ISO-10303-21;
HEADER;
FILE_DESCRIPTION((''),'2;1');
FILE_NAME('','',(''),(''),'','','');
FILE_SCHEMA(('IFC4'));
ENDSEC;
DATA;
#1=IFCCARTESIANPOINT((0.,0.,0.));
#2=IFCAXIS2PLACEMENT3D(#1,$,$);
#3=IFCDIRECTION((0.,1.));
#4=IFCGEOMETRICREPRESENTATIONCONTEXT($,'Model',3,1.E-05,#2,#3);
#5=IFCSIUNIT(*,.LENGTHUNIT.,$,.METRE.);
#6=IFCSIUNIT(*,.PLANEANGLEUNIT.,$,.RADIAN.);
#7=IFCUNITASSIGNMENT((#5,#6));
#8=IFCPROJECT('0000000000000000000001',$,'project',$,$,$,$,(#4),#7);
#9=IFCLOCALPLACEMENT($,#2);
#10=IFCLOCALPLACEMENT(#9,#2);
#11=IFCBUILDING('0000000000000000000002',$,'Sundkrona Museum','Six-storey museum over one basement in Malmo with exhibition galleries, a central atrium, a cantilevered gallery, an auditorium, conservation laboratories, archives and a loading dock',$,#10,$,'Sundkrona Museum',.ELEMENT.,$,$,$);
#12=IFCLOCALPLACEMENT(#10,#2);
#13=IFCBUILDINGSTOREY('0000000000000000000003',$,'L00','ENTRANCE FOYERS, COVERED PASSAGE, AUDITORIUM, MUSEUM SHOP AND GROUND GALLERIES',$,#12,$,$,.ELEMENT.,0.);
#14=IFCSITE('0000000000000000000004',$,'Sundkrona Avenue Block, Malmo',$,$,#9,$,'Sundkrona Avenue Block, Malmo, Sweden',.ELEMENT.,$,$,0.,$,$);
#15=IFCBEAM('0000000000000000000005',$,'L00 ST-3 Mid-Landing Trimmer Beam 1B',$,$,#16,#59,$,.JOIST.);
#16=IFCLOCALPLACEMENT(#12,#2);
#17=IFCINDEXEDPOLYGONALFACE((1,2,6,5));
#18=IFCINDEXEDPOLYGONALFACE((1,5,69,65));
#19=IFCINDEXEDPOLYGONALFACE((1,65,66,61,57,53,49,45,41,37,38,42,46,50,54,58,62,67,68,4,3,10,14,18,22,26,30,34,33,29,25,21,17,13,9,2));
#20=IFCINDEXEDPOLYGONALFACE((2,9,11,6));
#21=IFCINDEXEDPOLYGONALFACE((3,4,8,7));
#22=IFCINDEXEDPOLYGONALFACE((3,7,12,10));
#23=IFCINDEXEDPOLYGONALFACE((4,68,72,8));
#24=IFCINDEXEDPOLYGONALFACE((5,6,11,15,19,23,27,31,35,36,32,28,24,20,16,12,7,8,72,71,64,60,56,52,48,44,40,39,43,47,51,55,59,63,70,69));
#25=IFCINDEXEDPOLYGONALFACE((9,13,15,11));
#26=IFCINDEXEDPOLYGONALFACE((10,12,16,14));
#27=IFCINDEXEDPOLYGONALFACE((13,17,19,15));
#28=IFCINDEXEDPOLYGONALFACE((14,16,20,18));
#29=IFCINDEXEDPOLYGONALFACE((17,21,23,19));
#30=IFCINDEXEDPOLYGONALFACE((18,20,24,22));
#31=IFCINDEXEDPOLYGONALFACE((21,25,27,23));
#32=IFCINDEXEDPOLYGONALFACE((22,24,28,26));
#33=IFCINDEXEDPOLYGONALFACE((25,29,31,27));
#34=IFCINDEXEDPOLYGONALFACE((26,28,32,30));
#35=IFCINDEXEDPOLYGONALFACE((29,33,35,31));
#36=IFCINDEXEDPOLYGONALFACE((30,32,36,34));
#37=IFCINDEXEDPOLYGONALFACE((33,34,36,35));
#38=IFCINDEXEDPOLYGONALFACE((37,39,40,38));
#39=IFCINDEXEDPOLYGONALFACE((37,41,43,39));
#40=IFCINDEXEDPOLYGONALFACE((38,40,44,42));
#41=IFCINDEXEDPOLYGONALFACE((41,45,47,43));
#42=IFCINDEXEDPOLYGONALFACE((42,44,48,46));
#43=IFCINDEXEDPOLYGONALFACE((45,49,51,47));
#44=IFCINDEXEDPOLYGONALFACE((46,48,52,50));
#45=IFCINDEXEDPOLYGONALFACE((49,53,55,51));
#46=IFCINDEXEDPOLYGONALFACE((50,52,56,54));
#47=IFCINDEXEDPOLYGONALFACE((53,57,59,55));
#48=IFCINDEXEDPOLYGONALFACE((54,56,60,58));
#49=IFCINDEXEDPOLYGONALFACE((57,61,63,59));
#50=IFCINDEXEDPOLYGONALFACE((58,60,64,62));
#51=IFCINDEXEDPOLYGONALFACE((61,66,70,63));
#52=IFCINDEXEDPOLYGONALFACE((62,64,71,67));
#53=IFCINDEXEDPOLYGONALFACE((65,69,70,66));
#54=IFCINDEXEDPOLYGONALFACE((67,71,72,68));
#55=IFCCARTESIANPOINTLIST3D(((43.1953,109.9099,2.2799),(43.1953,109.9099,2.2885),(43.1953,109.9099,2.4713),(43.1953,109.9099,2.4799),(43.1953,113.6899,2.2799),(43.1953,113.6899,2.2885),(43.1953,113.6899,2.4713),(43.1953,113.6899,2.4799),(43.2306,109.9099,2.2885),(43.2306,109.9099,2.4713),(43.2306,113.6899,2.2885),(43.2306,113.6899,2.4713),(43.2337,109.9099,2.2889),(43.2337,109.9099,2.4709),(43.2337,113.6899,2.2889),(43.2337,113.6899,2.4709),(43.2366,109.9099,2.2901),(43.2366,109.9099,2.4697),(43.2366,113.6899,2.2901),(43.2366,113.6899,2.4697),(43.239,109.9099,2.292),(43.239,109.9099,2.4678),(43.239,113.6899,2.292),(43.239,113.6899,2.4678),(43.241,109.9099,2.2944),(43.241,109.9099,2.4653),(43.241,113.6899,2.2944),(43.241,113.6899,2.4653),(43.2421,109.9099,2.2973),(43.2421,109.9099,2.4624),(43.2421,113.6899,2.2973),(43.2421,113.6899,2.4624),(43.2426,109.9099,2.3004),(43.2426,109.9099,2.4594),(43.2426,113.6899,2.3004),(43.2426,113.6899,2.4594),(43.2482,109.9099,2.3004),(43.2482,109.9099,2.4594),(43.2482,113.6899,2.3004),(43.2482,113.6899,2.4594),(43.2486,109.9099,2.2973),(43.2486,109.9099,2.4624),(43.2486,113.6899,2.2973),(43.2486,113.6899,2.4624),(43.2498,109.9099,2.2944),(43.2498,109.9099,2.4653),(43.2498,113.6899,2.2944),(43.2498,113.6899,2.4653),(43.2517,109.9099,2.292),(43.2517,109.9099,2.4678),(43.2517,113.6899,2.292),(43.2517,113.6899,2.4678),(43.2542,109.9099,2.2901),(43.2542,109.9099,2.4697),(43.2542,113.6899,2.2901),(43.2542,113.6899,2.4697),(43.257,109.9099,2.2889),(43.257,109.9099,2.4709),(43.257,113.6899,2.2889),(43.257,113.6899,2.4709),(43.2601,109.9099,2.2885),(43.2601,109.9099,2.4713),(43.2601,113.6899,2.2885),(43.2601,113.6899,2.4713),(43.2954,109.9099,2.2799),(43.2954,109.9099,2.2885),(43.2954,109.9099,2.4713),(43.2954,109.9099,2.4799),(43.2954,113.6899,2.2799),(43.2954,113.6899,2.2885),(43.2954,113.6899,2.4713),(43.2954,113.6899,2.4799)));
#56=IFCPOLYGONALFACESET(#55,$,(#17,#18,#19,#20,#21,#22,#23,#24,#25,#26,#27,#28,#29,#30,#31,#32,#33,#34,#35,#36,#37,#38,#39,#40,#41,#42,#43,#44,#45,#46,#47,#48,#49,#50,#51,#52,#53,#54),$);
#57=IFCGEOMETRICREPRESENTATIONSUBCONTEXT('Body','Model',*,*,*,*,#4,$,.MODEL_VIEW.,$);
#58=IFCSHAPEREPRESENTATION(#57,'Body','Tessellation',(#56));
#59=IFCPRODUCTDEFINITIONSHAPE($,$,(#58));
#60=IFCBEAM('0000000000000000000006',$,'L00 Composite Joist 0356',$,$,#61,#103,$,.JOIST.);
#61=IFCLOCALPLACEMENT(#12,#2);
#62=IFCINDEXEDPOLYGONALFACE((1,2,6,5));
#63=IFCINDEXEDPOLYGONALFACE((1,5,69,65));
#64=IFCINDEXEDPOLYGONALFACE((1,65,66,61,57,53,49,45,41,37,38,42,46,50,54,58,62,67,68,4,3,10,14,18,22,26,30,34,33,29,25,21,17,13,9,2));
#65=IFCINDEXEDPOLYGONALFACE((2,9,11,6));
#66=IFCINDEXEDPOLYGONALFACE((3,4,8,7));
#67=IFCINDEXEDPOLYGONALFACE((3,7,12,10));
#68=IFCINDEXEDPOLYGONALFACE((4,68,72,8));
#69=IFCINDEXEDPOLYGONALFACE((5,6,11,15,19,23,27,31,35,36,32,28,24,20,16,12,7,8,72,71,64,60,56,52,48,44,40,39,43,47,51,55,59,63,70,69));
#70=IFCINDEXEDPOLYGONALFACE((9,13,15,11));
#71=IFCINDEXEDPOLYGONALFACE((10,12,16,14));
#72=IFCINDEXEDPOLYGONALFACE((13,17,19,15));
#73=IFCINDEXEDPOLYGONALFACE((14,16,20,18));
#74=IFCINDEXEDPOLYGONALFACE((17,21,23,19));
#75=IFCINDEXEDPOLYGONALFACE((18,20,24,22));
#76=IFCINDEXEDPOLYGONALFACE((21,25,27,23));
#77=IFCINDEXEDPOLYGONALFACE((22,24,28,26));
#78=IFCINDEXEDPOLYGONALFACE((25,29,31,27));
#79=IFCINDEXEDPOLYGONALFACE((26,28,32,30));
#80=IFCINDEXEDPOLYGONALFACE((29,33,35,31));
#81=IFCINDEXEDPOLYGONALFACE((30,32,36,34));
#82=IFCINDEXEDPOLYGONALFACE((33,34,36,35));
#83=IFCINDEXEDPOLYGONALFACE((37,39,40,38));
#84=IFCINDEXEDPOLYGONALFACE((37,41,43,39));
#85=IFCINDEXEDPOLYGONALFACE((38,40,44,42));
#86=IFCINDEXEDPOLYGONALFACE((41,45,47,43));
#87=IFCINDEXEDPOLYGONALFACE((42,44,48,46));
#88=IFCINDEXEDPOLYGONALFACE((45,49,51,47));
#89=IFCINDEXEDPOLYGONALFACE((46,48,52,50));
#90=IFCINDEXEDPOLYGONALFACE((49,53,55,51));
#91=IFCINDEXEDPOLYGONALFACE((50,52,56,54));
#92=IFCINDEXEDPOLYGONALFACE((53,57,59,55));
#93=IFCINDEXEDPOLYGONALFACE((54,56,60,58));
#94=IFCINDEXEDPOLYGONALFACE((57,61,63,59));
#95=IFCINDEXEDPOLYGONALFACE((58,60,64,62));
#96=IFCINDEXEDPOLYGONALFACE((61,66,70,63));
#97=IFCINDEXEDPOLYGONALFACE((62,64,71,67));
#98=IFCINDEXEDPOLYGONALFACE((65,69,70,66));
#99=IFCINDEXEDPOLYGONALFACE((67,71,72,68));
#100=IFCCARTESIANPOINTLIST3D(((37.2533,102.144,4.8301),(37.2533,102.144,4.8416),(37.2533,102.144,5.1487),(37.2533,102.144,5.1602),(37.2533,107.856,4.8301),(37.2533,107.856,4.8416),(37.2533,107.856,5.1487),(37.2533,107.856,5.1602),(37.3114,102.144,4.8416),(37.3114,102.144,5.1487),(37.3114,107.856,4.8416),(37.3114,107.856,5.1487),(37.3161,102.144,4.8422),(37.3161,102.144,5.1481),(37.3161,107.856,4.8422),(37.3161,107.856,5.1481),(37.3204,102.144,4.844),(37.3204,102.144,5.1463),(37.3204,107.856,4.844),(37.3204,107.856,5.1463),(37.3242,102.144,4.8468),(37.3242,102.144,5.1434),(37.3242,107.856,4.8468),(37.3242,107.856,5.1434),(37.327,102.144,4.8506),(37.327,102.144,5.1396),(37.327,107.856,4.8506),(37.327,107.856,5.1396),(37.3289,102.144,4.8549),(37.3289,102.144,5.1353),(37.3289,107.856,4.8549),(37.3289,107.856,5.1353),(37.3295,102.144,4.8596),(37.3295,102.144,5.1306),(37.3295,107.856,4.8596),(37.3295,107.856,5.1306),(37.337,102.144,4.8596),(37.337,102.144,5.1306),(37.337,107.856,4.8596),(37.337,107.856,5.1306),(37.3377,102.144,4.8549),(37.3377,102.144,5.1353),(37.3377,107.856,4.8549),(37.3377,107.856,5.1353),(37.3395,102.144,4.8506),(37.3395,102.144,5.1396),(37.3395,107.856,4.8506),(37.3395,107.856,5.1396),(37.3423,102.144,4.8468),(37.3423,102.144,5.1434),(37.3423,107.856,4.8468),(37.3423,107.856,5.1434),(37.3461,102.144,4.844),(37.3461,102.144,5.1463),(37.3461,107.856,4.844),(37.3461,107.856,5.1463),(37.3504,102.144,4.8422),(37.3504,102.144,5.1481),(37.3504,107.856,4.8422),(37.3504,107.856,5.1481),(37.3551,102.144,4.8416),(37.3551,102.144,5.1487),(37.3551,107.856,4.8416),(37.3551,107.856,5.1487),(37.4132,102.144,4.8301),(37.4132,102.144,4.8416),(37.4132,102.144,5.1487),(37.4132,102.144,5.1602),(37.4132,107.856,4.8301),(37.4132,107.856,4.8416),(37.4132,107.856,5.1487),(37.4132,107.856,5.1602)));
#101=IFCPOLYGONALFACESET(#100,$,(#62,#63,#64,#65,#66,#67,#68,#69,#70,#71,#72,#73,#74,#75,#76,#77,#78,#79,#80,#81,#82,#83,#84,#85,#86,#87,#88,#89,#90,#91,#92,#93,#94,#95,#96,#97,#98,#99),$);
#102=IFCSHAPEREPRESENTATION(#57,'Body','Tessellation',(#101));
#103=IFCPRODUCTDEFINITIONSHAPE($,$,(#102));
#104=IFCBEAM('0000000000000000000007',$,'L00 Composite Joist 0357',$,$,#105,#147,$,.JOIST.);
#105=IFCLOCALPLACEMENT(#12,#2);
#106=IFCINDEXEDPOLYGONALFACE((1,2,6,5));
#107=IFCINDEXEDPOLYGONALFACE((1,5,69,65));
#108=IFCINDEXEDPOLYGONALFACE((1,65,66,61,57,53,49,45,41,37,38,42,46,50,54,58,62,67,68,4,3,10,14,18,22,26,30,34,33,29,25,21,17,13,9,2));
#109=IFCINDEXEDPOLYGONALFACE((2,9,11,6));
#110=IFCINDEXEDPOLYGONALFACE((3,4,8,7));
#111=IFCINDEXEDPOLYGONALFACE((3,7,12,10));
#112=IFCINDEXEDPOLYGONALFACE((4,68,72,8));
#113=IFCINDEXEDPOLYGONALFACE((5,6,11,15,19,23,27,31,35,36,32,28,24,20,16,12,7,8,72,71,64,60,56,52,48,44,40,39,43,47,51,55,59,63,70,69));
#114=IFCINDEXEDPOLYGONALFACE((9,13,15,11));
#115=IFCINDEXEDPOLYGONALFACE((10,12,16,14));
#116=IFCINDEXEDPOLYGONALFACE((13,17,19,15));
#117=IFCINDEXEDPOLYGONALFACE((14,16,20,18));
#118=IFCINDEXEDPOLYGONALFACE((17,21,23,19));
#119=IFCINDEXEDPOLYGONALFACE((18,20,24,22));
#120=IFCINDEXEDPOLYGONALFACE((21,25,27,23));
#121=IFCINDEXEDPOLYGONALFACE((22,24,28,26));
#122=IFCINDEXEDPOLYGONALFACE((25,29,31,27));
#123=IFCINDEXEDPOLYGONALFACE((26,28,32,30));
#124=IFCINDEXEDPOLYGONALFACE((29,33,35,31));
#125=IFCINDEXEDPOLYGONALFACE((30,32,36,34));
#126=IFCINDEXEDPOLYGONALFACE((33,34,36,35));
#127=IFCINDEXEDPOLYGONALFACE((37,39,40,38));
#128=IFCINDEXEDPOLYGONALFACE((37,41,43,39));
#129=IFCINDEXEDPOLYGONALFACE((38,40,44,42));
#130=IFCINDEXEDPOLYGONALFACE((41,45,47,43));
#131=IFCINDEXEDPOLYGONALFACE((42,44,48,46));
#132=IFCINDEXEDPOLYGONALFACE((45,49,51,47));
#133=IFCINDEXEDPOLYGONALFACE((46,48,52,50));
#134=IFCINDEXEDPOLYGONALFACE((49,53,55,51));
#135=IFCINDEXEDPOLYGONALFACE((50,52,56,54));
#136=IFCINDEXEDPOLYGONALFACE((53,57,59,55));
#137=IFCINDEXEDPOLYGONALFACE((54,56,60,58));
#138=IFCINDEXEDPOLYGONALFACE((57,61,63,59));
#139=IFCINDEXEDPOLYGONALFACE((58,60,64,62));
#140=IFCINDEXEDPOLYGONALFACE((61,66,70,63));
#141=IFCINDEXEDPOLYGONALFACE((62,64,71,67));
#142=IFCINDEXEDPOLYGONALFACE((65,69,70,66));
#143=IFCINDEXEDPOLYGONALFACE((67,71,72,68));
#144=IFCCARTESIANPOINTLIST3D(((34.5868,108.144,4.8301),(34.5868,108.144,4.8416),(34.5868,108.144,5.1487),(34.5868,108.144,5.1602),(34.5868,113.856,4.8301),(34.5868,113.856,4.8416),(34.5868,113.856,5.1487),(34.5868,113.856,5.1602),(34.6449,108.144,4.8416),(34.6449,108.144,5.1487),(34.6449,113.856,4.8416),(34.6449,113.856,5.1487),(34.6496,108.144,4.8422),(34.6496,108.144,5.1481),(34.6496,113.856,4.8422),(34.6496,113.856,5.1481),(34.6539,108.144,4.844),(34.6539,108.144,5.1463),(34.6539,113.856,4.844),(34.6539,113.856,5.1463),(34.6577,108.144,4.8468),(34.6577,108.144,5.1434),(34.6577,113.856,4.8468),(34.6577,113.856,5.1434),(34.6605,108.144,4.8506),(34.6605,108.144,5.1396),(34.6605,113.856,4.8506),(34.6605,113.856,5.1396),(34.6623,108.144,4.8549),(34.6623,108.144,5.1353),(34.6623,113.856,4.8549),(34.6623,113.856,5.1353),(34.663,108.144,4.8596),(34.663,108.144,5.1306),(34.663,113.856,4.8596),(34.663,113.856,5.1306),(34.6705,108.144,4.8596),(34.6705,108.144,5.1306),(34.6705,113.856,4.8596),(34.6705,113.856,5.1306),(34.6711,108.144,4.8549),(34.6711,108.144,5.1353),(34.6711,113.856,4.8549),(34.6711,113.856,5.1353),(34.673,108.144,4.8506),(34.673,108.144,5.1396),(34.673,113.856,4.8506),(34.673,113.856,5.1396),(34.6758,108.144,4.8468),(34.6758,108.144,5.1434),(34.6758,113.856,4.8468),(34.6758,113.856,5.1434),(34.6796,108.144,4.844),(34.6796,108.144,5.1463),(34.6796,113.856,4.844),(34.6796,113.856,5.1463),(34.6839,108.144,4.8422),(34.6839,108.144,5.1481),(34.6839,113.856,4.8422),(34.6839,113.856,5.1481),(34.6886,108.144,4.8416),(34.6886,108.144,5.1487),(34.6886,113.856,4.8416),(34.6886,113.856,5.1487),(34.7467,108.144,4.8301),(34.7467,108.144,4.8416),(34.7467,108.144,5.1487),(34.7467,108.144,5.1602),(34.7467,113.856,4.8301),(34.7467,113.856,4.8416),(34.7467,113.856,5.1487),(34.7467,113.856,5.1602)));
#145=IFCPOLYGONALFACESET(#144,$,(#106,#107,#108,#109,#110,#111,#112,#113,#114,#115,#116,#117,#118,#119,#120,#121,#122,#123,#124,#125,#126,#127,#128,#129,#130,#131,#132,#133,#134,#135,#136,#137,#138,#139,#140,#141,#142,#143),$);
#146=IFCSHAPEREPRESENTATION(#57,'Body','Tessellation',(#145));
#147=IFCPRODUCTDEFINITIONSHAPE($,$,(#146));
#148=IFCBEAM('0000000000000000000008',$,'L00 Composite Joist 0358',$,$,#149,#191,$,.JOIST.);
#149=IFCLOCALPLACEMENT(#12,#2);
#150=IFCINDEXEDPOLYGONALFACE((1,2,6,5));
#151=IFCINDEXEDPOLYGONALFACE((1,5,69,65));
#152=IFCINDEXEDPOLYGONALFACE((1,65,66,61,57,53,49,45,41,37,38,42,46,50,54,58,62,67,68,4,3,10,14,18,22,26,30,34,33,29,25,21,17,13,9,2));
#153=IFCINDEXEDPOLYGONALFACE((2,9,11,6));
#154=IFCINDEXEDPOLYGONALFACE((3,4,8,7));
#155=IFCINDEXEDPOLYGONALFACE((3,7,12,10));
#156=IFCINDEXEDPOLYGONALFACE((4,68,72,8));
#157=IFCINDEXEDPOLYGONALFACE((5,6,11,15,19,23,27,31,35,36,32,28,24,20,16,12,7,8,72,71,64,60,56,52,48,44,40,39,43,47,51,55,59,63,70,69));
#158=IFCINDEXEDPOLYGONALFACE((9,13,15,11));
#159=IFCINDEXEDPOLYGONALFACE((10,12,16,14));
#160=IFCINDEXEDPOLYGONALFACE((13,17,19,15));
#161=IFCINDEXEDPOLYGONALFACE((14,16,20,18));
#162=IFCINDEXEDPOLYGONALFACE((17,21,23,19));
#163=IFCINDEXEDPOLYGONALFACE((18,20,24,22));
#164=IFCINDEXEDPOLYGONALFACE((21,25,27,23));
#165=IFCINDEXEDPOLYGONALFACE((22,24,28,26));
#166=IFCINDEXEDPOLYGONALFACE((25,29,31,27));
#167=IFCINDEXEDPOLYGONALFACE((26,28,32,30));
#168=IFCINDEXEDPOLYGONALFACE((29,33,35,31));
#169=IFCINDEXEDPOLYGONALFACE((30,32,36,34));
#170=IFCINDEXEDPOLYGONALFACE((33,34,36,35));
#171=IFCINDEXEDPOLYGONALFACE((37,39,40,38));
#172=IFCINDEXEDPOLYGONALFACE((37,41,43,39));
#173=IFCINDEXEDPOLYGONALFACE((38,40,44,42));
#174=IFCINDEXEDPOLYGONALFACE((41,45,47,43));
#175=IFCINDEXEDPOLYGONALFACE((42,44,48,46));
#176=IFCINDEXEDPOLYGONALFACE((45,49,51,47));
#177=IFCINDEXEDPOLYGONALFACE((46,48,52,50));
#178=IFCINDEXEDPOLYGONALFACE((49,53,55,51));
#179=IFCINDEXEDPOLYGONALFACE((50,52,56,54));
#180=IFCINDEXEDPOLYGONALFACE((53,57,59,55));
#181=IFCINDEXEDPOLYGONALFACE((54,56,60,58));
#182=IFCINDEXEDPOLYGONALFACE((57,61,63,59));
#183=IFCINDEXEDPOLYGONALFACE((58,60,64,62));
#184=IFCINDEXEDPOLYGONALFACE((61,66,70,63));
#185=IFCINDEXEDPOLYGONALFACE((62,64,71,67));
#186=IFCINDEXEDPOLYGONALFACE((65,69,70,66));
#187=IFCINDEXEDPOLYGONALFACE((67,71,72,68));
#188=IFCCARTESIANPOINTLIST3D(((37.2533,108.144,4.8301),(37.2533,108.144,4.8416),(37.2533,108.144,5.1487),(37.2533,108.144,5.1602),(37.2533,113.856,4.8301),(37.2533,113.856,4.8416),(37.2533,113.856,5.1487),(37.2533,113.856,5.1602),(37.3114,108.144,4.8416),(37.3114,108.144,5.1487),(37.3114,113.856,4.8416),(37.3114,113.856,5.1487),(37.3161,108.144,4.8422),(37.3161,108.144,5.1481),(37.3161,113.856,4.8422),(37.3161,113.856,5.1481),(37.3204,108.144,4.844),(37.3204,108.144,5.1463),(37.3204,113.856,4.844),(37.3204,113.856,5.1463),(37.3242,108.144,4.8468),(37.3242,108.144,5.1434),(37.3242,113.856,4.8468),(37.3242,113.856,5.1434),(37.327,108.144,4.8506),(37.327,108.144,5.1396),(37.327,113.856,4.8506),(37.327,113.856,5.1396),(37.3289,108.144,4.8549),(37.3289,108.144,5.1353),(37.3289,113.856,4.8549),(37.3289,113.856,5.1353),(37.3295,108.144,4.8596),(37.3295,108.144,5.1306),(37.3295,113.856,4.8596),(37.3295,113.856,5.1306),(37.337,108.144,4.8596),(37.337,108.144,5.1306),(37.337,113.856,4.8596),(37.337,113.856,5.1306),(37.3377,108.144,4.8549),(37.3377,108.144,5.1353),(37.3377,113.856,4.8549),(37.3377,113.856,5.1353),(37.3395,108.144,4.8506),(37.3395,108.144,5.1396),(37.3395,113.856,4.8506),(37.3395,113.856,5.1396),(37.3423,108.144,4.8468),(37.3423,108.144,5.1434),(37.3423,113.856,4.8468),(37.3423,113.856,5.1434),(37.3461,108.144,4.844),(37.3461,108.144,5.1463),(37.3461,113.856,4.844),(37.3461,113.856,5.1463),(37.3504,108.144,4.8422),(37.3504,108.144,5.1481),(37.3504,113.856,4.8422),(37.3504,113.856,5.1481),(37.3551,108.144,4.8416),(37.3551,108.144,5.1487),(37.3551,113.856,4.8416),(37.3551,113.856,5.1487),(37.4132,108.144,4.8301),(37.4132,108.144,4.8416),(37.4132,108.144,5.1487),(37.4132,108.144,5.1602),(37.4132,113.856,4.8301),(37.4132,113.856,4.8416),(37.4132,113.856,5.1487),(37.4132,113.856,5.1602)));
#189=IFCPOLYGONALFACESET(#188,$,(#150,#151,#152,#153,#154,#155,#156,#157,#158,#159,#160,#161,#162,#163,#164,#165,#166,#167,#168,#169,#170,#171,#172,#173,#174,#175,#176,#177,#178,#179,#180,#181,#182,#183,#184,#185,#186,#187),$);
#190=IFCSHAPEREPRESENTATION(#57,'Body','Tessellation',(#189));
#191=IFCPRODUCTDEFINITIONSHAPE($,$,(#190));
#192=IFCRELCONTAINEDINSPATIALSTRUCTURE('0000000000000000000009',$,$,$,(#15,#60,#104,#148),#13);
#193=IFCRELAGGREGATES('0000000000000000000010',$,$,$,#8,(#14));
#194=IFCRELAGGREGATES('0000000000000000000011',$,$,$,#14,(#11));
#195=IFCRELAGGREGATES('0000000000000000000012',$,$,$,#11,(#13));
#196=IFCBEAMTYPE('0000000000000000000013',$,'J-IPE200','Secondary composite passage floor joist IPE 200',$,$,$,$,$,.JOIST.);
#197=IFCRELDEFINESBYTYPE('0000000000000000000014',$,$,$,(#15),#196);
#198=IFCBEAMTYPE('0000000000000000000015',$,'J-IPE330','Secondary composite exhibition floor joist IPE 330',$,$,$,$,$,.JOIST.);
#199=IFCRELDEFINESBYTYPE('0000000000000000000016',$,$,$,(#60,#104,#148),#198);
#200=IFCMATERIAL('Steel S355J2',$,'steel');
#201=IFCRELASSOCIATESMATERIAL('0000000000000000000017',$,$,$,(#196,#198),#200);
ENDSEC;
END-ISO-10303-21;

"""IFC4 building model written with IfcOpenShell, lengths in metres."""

from ifc_helpers import new_model, si_unit, direction, frame, origin, origin_2d, place, context, subcontext, project, spatial, i_section, extrude, material, material_profile, profile_set, type_object, element, save


model = new_model("IFC4")

# Units and contexts
model_context = context("Model", 3, precision=1e-05, world=origin(), true_north=direction((0.0, 1.0)))
body_context = subcontext(model_context, "Body", "Model", "MODEL_VIEW")
ifc_project = project(units=[si_unit("LENGTHUNIT", "METRE"), si_unit("PLANEANGLEUNIT", "RADIAN")], contexts=[model_context])

# Site, building, storey
site_placement = place(None, origin())
site = spatial("IfcSite", under=ifc_project, at=site_placement, Name="Sundkrona Avenue Block, Malmo", LongName="Sundkrona Avenue Block, Malmo, Sweden", CompositionType="ELEMENT", RefElevation=0.0)
building_placement = place(site_placement, origin())
building = spatial("IfcBuilding", under=site, at=building_placement, Name="Sundkrona Museum", Description="Six-storey museum over one basement in Malmo with exhibition galleries, a central atrium, a cantilevered gallery, an auditorium, conservation laboratories, archives and a loading dock", LongName="Sundkrona Museum", CompositionType="ELEMENT")
storey_placement = place(building_placement, origin())
storey = spatial("IfcBuildingStorey", under=building, at=storey_placement, Name="L00", Description="ENTRANCE FOYERS, COVERED PASSAGE, AUDITORIUM, MUSEUM SHOP AND GROUND GALLERIES", CompositionType="ELEMENT", Elevation=0.0)

# Shared definitions
ifc_material_1 = material(Name="Steel S355J2", Category="steel")

# Beams
ifc_material_profile_1 = material_profile(ifc_material_1, i_section(OverallWidth=0.1001, OverallDepth=0.2, WebThickness=0.0056, FlangeThickness=0.0085, FilletRadius=0.012, at=origin_2d()), Name="IPE 200")
ifc_profile_set_1 = profile_set([ifc_material_profile_1], Name="Steel S355J2")
beam_type_1 = type_object("IfcBeamType", Name="J-IPE200", Description="Secondary composite passage floor joist IPE 200", PredefinedType="JOIST", material=ifc_profile_set_1)
for number, where, z_axis, x_axis, name in (
    (1, (43.2454, 109.9099, 2.3799), (0.0, 1.0, 0.0), (-1.0, 0.0, 0.0), "L00 ST-3 Mid-Landing Trimmer Beam 1B"),
):
    element("IfcBeam", number, at=place(storey_placement, frame(where, z_axis=z_axis, x_axis=x_axis)), inside=storey, type_object=beam_type_1, Name=name, PredefinedType="JOIST", context=body_context, shape_type="SweptSolid", body=[
        extrude(i_section(OverallWidth=0.1001, OverallDepth=0.2, WebThickness=0.0056, FlangeThickness=0.0085, FilletRadius=0.012, at=origin_2d()), origin(), (0.0, 0.0, 1.0), 3.78),
    ])
ifc_material_profile_2 = material_profile(ifc_material_1, i_section(OverallWidth=0.1599, OverallDepth=0.3301, WebThickness=0.0076, FlangeThickness=0.0115, FilletRadius=0.0181, at=origin_2d()), Name="IPE 330")
ifc_profile_set_2 = profile_set([ifc_material_profile_2], Name="Steel S355J2")
beam_type_2 = type_object("IfcBeamType", Name="J-IPE330", Description="Secondary composite exhibition floor joist IPE 330", PredefinedType="JOIST", material=ifc_profile_set_2)
for number, where, z_axis, x_axis, name in (
    (2, (37.3333, 102.144, 4.9951), (0.0, 1.0, 0.0), (-1.0, 0.0, 0.0), "L00 Composite Joist 0356"),
    (3, (34.6667, 108.144, 4.9951), (0.0, 1.0, 0.0), (-1.0, 0.0, 0.0), "L00 Composite Joist 0357"),
    (4, (37.3333, 108.144, 4.9951), (0.0, 1.0, 0.0), (-1.0, 0.0, 0.0), "L00 Composite Joist 0358"),
):
    element("IfcBeam", number, at=place(storey_placement, frame(where, z_axis=z_axis, x_axis=x_axis)), inside=storey, type_object=beam_type_2, Name=name, PredefinedType="JOIST", context=body_context, shape_type="SweptSolid", body=[
        extrude(i_section(OverallWidth=0.1599, OverallDepth=0.3301, WebThickness=0.0076, FlangeThickness=0.0115, FilletRadius=0.0181, at=origin_2d()), origin(), (0.0, 0.0, 1.0), 5.7119),
    ])

save(model, "model.ifc")
